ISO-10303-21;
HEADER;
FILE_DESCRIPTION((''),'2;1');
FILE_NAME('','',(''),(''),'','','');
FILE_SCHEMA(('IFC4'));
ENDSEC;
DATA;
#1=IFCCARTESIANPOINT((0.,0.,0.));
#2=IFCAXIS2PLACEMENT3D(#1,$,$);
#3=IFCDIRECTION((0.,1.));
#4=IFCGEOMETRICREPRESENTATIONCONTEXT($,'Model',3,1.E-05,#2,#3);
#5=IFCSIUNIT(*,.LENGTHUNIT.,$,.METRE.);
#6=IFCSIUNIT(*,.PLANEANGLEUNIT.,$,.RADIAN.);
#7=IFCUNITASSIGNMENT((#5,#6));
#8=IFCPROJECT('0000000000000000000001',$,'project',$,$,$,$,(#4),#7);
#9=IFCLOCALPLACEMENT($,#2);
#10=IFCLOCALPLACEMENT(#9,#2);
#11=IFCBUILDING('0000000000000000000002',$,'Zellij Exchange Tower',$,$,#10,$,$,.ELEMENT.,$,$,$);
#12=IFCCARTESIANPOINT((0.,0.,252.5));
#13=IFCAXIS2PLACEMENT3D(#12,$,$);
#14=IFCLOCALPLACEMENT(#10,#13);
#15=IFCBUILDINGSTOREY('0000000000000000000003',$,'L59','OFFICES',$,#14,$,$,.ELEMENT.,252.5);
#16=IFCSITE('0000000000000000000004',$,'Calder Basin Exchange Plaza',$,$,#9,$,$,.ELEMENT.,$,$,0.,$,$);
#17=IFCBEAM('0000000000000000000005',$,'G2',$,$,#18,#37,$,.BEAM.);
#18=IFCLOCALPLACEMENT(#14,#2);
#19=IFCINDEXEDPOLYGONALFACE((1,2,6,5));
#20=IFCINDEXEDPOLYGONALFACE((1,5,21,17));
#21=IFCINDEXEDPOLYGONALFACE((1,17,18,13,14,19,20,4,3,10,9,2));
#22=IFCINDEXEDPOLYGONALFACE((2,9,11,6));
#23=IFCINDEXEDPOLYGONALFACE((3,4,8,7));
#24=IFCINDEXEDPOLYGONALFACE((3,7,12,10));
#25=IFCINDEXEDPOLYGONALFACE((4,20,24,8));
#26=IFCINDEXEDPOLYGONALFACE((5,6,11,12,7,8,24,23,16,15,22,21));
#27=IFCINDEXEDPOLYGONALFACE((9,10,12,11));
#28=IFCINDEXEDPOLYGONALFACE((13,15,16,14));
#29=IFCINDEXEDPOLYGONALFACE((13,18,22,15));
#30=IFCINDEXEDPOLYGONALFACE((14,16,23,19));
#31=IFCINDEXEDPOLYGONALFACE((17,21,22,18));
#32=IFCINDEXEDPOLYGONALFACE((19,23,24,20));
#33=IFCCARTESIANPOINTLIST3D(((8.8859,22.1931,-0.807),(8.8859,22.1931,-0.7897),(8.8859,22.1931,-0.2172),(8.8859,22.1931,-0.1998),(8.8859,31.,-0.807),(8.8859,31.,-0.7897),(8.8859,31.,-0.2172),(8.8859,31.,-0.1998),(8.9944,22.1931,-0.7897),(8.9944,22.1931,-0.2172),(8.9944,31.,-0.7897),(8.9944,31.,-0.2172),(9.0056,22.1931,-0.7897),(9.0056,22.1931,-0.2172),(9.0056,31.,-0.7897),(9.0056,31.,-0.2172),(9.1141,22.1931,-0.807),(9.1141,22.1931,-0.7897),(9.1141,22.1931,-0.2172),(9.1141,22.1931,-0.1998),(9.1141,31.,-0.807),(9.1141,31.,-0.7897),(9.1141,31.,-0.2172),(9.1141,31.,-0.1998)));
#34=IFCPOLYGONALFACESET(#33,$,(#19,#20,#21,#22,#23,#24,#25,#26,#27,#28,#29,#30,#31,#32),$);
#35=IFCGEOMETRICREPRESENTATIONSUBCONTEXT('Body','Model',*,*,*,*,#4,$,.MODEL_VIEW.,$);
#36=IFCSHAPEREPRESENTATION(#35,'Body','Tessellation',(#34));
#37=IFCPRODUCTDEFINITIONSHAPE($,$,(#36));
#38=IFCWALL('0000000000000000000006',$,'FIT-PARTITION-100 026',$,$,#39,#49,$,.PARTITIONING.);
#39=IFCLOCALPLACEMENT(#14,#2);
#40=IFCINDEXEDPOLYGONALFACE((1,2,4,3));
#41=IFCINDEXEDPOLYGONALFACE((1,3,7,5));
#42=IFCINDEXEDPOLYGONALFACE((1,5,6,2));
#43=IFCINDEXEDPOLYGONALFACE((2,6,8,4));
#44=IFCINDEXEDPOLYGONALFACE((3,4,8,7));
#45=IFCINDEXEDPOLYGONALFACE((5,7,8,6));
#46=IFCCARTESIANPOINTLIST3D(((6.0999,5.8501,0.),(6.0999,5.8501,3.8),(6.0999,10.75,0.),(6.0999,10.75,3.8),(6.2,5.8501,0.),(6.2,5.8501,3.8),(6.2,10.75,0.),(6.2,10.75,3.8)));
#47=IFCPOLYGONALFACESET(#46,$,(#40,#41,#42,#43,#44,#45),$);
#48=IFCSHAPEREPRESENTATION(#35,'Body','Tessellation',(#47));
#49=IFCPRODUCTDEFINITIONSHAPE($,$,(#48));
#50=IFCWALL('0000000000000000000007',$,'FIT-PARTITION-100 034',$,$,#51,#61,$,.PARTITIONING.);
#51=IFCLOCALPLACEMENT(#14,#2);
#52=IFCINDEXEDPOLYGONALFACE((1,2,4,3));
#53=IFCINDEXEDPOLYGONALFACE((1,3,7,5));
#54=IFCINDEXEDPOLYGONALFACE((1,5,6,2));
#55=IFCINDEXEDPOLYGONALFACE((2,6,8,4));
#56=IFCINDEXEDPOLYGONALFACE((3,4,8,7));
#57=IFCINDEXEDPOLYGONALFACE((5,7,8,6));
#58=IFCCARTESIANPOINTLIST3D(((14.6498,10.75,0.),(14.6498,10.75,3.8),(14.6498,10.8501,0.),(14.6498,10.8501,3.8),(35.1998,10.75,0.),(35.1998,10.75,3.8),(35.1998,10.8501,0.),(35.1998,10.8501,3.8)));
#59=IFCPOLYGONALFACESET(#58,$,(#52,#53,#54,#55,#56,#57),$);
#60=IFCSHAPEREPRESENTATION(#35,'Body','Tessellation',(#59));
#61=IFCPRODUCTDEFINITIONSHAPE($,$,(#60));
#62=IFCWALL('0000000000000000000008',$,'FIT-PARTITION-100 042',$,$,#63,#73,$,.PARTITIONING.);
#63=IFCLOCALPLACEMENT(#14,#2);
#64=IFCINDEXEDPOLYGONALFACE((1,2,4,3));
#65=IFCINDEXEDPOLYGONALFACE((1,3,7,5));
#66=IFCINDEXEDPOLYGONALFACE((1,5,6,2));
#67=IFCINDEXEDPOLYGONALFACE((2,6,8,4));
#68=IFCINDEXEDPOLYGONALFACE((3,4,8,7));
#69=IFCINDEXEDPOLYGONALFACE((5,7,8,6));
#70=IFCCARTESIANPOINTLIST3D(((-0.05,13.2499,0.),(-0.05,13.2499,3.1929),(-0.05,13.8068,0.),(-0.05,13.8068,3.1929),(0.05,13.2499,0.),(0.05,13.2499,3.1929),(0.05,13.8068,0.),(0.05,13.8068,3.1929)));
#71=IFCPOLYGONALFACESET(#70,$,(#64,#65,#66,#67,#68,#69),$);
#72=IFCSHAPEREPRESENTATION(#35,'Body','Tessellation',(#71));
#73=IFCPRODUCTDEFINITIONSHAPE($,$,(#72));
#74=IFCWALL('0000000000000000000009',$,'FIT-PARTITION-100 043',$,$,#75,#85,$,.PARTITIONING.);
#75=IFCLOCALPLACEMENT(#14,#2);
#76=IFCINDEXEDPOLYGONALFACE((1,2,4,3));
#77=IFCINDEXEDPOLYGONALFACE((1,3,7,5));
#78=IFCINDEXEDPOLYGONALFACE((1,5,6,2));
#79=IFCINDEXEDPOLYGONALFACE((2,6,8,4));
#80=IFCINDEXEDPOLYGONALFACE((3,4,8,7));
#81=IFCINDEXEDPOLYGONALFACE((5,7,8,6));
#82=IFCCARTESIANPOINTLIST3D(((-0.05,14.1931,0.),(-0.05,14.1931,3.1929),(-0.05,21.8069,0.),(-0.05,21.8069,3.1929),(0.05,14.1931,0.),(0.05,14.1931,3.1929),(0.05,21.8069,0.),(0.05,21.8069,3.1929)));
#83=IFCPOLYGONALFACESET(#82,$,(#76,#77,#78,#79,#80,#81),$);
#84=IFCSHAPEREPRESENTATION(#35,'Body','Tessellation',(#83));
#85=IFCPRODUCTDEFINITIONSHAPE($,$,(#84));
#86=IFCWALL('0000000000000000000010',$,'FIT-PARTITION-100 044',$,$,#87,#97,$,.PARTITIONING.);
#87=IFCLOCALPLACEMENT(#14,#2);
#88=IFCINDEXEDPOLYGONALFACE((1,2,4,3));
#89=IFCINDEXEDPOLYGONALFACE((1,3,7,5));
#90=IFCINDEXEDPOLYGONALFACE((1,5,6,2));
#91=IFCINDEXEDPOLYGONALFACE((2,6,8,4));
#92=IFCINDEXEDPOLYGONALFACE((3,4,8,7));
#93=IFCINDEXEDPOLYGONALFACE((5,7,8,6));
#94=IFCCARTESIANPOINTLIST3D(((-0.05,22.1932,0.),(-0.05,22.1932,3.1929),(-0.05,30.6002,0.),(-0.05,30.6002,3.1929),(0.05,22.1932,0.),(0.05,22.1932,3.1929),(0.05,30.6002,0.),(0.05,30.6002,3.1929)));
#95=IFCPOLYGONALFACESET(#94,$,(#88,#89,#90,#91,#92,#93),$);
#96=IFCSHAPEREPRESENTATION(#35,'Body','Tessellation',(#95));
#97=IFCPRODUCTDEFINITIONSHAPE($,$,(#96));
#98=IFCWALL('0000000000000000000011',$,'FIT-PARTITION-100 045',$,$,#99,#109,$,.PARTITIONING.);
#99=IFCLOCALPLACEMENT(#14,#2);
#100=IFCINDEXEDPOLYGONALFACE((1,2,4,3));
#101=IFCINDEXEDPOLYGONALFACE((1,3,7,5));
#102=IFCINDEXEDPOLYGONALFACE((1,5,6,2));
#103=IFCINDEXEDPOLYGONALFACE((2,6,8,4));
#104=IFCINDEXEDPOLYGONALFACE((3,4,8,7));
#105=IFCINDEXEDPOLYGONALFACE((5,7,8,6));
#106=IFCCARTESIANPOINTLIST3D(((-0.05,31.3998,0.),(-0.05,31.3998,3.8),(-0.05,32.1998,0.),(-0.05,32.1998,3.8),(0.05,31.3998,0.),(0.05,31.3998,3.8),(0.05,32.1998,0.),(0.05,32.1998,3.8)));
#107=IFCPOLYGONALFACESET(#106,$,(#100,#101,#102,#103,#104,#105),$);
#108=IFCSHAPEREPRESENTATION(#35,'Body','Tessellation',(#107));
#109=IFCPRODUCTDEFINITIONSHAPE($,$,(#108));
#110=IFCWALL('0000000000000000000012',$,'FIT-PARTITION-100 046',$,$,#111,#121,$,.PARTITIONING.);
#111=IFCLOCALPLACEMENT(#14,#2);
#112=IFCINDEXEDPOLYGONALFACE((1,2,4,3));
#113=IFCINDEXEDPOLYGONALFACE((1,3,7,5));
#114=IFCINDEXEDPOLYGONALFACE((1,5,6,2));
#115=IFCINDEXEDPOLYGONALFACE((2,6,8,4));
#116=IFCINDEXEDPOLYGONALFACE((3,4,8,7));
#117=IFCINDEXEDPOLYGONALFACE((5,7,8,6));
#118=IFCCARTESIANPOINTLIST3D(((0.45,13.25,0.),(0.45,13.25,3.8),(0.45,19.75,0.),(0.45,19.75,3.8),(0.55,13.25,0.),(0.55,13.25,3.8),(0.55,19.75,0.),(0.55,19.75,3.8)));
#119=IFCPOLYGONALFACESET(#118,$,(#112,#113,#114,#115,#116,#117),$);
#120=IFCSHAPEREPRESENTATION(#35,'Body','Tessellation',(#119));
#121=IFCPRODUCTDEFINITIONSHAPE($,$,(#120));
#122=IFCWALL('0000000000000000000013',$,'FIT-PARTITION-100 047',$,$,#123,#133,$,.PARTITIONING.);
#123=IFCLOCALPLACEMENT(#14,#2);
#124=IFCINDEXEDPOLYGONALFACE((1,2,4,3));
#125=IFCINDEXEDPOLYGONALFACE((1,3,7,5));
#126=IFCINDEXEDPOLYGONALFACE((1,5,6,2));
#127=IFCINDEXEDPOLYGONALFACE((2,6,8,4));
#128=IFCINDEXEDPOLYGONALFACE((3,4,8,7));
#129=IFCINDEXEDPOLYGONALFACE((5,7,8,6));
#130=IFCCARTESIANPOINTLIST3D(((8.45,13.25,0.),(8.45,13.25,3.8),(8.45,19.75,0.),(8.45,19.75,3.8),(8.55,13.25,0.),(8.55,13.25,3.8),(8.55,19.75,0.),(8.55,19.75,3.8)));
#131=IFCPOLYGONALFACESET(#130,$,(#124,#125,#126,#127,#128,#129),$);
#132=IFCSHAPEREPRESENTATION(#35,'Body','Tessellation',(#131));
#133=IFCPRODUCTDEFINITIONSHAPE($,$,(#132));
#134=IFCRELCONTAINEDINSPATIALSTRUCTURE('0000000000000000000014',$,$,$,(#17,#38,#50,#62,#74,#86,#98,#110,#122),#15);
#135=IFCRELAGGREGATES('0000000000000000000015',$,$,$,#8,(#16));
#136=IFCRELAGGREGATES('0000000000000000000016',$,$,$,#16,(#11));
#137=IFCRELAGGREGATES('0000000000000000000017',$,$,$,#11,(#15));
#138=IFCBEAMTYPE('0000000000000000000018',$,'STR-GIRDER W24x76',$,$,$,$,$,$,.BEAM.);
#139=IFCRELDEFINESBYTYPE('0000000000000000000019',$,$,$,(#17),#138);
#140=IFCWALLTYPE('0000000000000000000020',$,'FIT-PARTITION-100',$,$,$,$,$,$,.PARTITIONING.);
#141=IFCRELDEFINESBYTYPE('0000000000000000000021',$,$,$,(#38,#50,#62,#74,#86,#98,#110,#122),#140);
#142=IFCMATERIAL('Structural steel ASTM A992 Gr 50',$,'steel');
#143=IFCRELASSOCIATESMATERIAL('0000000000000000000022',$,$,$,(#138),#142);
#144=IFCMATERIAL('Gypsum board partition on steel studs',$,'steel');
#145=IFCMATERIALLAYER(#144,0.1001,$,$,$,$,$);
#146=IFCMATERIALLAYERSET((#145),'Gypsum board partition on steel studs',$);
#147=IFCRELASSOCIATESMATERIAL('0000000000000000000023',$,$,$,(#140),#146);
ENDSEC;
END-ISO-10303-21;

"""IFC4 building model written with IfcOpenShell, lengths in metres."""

from ifc_helpers import new_model, si_unit, direction, frame, frame_2d, origin, origin_2d, place, context, subcontext, project, spatial, rectangle, i_section, extrude, material, layer, layer_set, material_profile, profile_set, type_object, element, save


model = new_model("IFC4")

# Units and contexts
model_context = context("Model", 3, precision=1e-05, world=origin(), true_north=direction((0.0, 1.0)))
body_context = subcontext(model_context, "Body", "Model", "MODEL_VIEW")
ifc_project = project(units=[si_unit("LENGTHUNIT", "METRE"), si_unit("PLANEANGLEUNIT", "RADIAN")], contexts=[model_context])

# Site, building, storey
site_placement = place(None, origin())
site = spatial("IfcSite", under=ifc_project, at=site_placement, Name="Calder Basin Exchange Plaza", CompositionType="ELEMENT", RefElevation=0.0)
building_placement = place(site_placement, origin())
building = spatial("IfcBuilding", under=site, at=building_placement, Name="Zellij Exchange Tower", CompositionType="ELEMENT")
storey_placement = place(building_placement, frame((0.0, 0.0, 252.5)))
storey = spatial("IfcBuildingStorey", under=building, at=storey_placement, Name="L59", Description="OFFICES", CompositionType="ELEMENT", Elevation=252.5)

# Shared definitions
ifc_material_1 = material(Name="Structural steel ASTM A992 Gr 50", Category="steel")

# Beam
ifc_material_profile_1 = material_profile(ifc_material_1, i_section(OverallWidth=0.2283, OverallDepth=0.6072, WebThickness=0.0112, FlangeThickness=0.0173, at=origin_2d()), Name="W24x76")
ifc_profile_set_1 = profile_set([ifc_material_profile_1], Name="Structural steel ASTM A992 Gr 50")
beam_type = type_object("IfcBeamType", Name="STR-GIRDER W24x76", PredefinedType="BEAM", material=ifc_profile_set_1)
beam_1_placement = place(storey_placement, frame((9.0, 22.1931, -0.5034), z_axis=(0.0, 1.0, 0.0), x_axis=(-1.0, 0.0, 0.0)))
element("IfcBeam", 1, at=beam_1_placement, inside=storey, type_object=beam_type, Name="G2", PredefinedType="BEAM", context=body_context, shape_type="SweptSolid", body=[
    extrude(i_section(OverallWidth=0.2283, OverallDepth=0.6072, WebThickness=0.0112, FlangeThickness=0.0173, at=origin_2d()), origin(), (0.0, 0.0, 1.0), 8.8069),
])

# Walls
ifc_material_2 = material(Name="Gypsum board partition on steel studs", Category="steel")
ifc_layer = layer(ifc_material_2, 0.1001)
ifc_layer_set = layer_set([ifc_layer], Name="Gypsum board partition on steel studs")
wall_type = type_object("IfcWallType", Name="FIT-PARTITION-100", PredefinedType="PARTITIONING", material=ifc_layer_set)
wall_1_placement = place(storey_placement, frame((6.1499, 5.8501, 0.0), z_axis=(0.0, 0.0, 1.0), x_axis=(0.0, 1.0, 0.0)))
element("IfcWall", 2, at=wall_1_placement, inside=storey, type_object=wall_type, Name="FIT-PARTITION-100 026", PredefinedType="PARTITIONING", context=body_context, shape_type="SweptSolid", body=[
    extrude(rectangle(XDim=4.8999, YDim=0.1001, at=frame_2d((2.45, 0.0))), origin(), (0.0, 0.0, 1.0), 3.8),
])
wall_2_placement = place(storey_placement, frame((14.6499, 10.8, 0.0), z_axis=(0.0, 0.0, 1.0), x_axis=(1.0, 0.0, 0.0)))
element("IfcWall", 3, at=wall_2_placement, inside=storey, type_object=wall_type, Name="FIT-PARTITION-100 034", PredefinedType="PARTITIONING", context=body_context, shape_type="SweptSolid", body=[
    extrude(rectangle(XDim=20.55, YDim=0.1001, at=frame_2d((10.2749, 0.0))), origin(), (0.0, 0.0, 1.0), 3.8),
])
wall_3_placement = place(storey_placement, frame((0.0, 13.25, 0.0), z_axis=(0.0, 0.0, 1.0), x_axis=(0.0, 1.0, 0.0)))
element("IfcWall", 4, at=wall_3_placement, inside=storey, type_object=wall_type, Name="FIT-PARTITION-100 042", PredefinedType="PARTITIONING", context=body_context, shape_type="SweptSolid", body=[
    extrude(rectangle(XDim=0.5569, YDim=0.1001, at=frame_2d((0.2783, 0.0))), origin(), (0.0, 0.0, 1.0), 3.1929),
])
wall_4_placement = place(storey_placement, frame((0.0, 14.1931, 0.0), z_axis=(0.0, 0.0, 1.0), x_axis=(0.0, 1.0, 0.0)))
element("IfcWall", 5, at=wall_4_placement, inside=storey, type_object=wall_type, Name="FIT-PARTITION-100 043", PredefinedType="PARTITIONING", context=body_context, shape_type="SweptSolid", body=[
    extrude(rectangle(XDim=7.6138, YDim=0.1001, at=frame_2d((3.8069, 0.0))), origin(), (0.0, 0.0, 1.0), 3.1929),
])
wall_5_placement = place(storey_placement, frame((0.0, 22.1931, 0.0), z_axis=(0.0, 0.0, 1.0), x_axis=(0.0, 1.0, 0.0)))
element("IfcWall", 6, at=wall_5_placement, inside=storey, type_object=wall_type, Name="FIT-PARTITION-100 044", PredefinedType="PARTITIONING", context=body_context, shape_type="SweptSolid", body=[
    extrude(rectangle(XDim=8.407, YDim=0.1001, at=frame_2d((4.2036, 0.0))), origin(), (0.0, 0.0, 1.0), 3.1929),
])
wall_6_placement = place(storey_placement, frame((0.0, 31.3999, 0.0), z_axis=(0.0, 0.0, 1.0), x_axis=(0.0, 1.0, 0.0)))
element("IfcWall", 7, at=wall_6_placement, inside=storey, type_object=wall_type, Name="FIT-PARTITION-100 045", PredefinedType="PARTITIONING", context=body_context, shape_type="SweptSolid", body=[
    extrude(rectangle(XDim=0.8, YDim=0.1001, at=frame_2d((0.3999, 0.0))), origin(), (0.0, 0.0, 1.0), 3.8),
])
for number, where, z_axis, x_axis, name in (
    (8, (0.5, 13.25, 0.0), (0.0, 0.0, 1.0), (0.0, 1.0, 0.0), "FIT-PARTITION-100 046"),
    (9, (8.5, 13.25, 0.0), (0.0, 0.0, 1.0), (0.0, 1.0, 0.0), "FIT-PARTITION-100 047"),
):
    element("IfcWall", number, at=place(storey_placement, frame(where, z_axis=z_axis, x_axis=x_axis)), inside=storey, type_object=wall_type, Name=name, PredefinedType="PARTITIONING", context=body_context, shape_type="SweptSolid", body=[
        extrude(rectangle(XDim=6.5, YDim=0.1001, at=frame_2d((3.25, 0.0))), origin(), (0.0, 0.0, 1.0), 3.8),
    ])

save(model, "model.ifc")
